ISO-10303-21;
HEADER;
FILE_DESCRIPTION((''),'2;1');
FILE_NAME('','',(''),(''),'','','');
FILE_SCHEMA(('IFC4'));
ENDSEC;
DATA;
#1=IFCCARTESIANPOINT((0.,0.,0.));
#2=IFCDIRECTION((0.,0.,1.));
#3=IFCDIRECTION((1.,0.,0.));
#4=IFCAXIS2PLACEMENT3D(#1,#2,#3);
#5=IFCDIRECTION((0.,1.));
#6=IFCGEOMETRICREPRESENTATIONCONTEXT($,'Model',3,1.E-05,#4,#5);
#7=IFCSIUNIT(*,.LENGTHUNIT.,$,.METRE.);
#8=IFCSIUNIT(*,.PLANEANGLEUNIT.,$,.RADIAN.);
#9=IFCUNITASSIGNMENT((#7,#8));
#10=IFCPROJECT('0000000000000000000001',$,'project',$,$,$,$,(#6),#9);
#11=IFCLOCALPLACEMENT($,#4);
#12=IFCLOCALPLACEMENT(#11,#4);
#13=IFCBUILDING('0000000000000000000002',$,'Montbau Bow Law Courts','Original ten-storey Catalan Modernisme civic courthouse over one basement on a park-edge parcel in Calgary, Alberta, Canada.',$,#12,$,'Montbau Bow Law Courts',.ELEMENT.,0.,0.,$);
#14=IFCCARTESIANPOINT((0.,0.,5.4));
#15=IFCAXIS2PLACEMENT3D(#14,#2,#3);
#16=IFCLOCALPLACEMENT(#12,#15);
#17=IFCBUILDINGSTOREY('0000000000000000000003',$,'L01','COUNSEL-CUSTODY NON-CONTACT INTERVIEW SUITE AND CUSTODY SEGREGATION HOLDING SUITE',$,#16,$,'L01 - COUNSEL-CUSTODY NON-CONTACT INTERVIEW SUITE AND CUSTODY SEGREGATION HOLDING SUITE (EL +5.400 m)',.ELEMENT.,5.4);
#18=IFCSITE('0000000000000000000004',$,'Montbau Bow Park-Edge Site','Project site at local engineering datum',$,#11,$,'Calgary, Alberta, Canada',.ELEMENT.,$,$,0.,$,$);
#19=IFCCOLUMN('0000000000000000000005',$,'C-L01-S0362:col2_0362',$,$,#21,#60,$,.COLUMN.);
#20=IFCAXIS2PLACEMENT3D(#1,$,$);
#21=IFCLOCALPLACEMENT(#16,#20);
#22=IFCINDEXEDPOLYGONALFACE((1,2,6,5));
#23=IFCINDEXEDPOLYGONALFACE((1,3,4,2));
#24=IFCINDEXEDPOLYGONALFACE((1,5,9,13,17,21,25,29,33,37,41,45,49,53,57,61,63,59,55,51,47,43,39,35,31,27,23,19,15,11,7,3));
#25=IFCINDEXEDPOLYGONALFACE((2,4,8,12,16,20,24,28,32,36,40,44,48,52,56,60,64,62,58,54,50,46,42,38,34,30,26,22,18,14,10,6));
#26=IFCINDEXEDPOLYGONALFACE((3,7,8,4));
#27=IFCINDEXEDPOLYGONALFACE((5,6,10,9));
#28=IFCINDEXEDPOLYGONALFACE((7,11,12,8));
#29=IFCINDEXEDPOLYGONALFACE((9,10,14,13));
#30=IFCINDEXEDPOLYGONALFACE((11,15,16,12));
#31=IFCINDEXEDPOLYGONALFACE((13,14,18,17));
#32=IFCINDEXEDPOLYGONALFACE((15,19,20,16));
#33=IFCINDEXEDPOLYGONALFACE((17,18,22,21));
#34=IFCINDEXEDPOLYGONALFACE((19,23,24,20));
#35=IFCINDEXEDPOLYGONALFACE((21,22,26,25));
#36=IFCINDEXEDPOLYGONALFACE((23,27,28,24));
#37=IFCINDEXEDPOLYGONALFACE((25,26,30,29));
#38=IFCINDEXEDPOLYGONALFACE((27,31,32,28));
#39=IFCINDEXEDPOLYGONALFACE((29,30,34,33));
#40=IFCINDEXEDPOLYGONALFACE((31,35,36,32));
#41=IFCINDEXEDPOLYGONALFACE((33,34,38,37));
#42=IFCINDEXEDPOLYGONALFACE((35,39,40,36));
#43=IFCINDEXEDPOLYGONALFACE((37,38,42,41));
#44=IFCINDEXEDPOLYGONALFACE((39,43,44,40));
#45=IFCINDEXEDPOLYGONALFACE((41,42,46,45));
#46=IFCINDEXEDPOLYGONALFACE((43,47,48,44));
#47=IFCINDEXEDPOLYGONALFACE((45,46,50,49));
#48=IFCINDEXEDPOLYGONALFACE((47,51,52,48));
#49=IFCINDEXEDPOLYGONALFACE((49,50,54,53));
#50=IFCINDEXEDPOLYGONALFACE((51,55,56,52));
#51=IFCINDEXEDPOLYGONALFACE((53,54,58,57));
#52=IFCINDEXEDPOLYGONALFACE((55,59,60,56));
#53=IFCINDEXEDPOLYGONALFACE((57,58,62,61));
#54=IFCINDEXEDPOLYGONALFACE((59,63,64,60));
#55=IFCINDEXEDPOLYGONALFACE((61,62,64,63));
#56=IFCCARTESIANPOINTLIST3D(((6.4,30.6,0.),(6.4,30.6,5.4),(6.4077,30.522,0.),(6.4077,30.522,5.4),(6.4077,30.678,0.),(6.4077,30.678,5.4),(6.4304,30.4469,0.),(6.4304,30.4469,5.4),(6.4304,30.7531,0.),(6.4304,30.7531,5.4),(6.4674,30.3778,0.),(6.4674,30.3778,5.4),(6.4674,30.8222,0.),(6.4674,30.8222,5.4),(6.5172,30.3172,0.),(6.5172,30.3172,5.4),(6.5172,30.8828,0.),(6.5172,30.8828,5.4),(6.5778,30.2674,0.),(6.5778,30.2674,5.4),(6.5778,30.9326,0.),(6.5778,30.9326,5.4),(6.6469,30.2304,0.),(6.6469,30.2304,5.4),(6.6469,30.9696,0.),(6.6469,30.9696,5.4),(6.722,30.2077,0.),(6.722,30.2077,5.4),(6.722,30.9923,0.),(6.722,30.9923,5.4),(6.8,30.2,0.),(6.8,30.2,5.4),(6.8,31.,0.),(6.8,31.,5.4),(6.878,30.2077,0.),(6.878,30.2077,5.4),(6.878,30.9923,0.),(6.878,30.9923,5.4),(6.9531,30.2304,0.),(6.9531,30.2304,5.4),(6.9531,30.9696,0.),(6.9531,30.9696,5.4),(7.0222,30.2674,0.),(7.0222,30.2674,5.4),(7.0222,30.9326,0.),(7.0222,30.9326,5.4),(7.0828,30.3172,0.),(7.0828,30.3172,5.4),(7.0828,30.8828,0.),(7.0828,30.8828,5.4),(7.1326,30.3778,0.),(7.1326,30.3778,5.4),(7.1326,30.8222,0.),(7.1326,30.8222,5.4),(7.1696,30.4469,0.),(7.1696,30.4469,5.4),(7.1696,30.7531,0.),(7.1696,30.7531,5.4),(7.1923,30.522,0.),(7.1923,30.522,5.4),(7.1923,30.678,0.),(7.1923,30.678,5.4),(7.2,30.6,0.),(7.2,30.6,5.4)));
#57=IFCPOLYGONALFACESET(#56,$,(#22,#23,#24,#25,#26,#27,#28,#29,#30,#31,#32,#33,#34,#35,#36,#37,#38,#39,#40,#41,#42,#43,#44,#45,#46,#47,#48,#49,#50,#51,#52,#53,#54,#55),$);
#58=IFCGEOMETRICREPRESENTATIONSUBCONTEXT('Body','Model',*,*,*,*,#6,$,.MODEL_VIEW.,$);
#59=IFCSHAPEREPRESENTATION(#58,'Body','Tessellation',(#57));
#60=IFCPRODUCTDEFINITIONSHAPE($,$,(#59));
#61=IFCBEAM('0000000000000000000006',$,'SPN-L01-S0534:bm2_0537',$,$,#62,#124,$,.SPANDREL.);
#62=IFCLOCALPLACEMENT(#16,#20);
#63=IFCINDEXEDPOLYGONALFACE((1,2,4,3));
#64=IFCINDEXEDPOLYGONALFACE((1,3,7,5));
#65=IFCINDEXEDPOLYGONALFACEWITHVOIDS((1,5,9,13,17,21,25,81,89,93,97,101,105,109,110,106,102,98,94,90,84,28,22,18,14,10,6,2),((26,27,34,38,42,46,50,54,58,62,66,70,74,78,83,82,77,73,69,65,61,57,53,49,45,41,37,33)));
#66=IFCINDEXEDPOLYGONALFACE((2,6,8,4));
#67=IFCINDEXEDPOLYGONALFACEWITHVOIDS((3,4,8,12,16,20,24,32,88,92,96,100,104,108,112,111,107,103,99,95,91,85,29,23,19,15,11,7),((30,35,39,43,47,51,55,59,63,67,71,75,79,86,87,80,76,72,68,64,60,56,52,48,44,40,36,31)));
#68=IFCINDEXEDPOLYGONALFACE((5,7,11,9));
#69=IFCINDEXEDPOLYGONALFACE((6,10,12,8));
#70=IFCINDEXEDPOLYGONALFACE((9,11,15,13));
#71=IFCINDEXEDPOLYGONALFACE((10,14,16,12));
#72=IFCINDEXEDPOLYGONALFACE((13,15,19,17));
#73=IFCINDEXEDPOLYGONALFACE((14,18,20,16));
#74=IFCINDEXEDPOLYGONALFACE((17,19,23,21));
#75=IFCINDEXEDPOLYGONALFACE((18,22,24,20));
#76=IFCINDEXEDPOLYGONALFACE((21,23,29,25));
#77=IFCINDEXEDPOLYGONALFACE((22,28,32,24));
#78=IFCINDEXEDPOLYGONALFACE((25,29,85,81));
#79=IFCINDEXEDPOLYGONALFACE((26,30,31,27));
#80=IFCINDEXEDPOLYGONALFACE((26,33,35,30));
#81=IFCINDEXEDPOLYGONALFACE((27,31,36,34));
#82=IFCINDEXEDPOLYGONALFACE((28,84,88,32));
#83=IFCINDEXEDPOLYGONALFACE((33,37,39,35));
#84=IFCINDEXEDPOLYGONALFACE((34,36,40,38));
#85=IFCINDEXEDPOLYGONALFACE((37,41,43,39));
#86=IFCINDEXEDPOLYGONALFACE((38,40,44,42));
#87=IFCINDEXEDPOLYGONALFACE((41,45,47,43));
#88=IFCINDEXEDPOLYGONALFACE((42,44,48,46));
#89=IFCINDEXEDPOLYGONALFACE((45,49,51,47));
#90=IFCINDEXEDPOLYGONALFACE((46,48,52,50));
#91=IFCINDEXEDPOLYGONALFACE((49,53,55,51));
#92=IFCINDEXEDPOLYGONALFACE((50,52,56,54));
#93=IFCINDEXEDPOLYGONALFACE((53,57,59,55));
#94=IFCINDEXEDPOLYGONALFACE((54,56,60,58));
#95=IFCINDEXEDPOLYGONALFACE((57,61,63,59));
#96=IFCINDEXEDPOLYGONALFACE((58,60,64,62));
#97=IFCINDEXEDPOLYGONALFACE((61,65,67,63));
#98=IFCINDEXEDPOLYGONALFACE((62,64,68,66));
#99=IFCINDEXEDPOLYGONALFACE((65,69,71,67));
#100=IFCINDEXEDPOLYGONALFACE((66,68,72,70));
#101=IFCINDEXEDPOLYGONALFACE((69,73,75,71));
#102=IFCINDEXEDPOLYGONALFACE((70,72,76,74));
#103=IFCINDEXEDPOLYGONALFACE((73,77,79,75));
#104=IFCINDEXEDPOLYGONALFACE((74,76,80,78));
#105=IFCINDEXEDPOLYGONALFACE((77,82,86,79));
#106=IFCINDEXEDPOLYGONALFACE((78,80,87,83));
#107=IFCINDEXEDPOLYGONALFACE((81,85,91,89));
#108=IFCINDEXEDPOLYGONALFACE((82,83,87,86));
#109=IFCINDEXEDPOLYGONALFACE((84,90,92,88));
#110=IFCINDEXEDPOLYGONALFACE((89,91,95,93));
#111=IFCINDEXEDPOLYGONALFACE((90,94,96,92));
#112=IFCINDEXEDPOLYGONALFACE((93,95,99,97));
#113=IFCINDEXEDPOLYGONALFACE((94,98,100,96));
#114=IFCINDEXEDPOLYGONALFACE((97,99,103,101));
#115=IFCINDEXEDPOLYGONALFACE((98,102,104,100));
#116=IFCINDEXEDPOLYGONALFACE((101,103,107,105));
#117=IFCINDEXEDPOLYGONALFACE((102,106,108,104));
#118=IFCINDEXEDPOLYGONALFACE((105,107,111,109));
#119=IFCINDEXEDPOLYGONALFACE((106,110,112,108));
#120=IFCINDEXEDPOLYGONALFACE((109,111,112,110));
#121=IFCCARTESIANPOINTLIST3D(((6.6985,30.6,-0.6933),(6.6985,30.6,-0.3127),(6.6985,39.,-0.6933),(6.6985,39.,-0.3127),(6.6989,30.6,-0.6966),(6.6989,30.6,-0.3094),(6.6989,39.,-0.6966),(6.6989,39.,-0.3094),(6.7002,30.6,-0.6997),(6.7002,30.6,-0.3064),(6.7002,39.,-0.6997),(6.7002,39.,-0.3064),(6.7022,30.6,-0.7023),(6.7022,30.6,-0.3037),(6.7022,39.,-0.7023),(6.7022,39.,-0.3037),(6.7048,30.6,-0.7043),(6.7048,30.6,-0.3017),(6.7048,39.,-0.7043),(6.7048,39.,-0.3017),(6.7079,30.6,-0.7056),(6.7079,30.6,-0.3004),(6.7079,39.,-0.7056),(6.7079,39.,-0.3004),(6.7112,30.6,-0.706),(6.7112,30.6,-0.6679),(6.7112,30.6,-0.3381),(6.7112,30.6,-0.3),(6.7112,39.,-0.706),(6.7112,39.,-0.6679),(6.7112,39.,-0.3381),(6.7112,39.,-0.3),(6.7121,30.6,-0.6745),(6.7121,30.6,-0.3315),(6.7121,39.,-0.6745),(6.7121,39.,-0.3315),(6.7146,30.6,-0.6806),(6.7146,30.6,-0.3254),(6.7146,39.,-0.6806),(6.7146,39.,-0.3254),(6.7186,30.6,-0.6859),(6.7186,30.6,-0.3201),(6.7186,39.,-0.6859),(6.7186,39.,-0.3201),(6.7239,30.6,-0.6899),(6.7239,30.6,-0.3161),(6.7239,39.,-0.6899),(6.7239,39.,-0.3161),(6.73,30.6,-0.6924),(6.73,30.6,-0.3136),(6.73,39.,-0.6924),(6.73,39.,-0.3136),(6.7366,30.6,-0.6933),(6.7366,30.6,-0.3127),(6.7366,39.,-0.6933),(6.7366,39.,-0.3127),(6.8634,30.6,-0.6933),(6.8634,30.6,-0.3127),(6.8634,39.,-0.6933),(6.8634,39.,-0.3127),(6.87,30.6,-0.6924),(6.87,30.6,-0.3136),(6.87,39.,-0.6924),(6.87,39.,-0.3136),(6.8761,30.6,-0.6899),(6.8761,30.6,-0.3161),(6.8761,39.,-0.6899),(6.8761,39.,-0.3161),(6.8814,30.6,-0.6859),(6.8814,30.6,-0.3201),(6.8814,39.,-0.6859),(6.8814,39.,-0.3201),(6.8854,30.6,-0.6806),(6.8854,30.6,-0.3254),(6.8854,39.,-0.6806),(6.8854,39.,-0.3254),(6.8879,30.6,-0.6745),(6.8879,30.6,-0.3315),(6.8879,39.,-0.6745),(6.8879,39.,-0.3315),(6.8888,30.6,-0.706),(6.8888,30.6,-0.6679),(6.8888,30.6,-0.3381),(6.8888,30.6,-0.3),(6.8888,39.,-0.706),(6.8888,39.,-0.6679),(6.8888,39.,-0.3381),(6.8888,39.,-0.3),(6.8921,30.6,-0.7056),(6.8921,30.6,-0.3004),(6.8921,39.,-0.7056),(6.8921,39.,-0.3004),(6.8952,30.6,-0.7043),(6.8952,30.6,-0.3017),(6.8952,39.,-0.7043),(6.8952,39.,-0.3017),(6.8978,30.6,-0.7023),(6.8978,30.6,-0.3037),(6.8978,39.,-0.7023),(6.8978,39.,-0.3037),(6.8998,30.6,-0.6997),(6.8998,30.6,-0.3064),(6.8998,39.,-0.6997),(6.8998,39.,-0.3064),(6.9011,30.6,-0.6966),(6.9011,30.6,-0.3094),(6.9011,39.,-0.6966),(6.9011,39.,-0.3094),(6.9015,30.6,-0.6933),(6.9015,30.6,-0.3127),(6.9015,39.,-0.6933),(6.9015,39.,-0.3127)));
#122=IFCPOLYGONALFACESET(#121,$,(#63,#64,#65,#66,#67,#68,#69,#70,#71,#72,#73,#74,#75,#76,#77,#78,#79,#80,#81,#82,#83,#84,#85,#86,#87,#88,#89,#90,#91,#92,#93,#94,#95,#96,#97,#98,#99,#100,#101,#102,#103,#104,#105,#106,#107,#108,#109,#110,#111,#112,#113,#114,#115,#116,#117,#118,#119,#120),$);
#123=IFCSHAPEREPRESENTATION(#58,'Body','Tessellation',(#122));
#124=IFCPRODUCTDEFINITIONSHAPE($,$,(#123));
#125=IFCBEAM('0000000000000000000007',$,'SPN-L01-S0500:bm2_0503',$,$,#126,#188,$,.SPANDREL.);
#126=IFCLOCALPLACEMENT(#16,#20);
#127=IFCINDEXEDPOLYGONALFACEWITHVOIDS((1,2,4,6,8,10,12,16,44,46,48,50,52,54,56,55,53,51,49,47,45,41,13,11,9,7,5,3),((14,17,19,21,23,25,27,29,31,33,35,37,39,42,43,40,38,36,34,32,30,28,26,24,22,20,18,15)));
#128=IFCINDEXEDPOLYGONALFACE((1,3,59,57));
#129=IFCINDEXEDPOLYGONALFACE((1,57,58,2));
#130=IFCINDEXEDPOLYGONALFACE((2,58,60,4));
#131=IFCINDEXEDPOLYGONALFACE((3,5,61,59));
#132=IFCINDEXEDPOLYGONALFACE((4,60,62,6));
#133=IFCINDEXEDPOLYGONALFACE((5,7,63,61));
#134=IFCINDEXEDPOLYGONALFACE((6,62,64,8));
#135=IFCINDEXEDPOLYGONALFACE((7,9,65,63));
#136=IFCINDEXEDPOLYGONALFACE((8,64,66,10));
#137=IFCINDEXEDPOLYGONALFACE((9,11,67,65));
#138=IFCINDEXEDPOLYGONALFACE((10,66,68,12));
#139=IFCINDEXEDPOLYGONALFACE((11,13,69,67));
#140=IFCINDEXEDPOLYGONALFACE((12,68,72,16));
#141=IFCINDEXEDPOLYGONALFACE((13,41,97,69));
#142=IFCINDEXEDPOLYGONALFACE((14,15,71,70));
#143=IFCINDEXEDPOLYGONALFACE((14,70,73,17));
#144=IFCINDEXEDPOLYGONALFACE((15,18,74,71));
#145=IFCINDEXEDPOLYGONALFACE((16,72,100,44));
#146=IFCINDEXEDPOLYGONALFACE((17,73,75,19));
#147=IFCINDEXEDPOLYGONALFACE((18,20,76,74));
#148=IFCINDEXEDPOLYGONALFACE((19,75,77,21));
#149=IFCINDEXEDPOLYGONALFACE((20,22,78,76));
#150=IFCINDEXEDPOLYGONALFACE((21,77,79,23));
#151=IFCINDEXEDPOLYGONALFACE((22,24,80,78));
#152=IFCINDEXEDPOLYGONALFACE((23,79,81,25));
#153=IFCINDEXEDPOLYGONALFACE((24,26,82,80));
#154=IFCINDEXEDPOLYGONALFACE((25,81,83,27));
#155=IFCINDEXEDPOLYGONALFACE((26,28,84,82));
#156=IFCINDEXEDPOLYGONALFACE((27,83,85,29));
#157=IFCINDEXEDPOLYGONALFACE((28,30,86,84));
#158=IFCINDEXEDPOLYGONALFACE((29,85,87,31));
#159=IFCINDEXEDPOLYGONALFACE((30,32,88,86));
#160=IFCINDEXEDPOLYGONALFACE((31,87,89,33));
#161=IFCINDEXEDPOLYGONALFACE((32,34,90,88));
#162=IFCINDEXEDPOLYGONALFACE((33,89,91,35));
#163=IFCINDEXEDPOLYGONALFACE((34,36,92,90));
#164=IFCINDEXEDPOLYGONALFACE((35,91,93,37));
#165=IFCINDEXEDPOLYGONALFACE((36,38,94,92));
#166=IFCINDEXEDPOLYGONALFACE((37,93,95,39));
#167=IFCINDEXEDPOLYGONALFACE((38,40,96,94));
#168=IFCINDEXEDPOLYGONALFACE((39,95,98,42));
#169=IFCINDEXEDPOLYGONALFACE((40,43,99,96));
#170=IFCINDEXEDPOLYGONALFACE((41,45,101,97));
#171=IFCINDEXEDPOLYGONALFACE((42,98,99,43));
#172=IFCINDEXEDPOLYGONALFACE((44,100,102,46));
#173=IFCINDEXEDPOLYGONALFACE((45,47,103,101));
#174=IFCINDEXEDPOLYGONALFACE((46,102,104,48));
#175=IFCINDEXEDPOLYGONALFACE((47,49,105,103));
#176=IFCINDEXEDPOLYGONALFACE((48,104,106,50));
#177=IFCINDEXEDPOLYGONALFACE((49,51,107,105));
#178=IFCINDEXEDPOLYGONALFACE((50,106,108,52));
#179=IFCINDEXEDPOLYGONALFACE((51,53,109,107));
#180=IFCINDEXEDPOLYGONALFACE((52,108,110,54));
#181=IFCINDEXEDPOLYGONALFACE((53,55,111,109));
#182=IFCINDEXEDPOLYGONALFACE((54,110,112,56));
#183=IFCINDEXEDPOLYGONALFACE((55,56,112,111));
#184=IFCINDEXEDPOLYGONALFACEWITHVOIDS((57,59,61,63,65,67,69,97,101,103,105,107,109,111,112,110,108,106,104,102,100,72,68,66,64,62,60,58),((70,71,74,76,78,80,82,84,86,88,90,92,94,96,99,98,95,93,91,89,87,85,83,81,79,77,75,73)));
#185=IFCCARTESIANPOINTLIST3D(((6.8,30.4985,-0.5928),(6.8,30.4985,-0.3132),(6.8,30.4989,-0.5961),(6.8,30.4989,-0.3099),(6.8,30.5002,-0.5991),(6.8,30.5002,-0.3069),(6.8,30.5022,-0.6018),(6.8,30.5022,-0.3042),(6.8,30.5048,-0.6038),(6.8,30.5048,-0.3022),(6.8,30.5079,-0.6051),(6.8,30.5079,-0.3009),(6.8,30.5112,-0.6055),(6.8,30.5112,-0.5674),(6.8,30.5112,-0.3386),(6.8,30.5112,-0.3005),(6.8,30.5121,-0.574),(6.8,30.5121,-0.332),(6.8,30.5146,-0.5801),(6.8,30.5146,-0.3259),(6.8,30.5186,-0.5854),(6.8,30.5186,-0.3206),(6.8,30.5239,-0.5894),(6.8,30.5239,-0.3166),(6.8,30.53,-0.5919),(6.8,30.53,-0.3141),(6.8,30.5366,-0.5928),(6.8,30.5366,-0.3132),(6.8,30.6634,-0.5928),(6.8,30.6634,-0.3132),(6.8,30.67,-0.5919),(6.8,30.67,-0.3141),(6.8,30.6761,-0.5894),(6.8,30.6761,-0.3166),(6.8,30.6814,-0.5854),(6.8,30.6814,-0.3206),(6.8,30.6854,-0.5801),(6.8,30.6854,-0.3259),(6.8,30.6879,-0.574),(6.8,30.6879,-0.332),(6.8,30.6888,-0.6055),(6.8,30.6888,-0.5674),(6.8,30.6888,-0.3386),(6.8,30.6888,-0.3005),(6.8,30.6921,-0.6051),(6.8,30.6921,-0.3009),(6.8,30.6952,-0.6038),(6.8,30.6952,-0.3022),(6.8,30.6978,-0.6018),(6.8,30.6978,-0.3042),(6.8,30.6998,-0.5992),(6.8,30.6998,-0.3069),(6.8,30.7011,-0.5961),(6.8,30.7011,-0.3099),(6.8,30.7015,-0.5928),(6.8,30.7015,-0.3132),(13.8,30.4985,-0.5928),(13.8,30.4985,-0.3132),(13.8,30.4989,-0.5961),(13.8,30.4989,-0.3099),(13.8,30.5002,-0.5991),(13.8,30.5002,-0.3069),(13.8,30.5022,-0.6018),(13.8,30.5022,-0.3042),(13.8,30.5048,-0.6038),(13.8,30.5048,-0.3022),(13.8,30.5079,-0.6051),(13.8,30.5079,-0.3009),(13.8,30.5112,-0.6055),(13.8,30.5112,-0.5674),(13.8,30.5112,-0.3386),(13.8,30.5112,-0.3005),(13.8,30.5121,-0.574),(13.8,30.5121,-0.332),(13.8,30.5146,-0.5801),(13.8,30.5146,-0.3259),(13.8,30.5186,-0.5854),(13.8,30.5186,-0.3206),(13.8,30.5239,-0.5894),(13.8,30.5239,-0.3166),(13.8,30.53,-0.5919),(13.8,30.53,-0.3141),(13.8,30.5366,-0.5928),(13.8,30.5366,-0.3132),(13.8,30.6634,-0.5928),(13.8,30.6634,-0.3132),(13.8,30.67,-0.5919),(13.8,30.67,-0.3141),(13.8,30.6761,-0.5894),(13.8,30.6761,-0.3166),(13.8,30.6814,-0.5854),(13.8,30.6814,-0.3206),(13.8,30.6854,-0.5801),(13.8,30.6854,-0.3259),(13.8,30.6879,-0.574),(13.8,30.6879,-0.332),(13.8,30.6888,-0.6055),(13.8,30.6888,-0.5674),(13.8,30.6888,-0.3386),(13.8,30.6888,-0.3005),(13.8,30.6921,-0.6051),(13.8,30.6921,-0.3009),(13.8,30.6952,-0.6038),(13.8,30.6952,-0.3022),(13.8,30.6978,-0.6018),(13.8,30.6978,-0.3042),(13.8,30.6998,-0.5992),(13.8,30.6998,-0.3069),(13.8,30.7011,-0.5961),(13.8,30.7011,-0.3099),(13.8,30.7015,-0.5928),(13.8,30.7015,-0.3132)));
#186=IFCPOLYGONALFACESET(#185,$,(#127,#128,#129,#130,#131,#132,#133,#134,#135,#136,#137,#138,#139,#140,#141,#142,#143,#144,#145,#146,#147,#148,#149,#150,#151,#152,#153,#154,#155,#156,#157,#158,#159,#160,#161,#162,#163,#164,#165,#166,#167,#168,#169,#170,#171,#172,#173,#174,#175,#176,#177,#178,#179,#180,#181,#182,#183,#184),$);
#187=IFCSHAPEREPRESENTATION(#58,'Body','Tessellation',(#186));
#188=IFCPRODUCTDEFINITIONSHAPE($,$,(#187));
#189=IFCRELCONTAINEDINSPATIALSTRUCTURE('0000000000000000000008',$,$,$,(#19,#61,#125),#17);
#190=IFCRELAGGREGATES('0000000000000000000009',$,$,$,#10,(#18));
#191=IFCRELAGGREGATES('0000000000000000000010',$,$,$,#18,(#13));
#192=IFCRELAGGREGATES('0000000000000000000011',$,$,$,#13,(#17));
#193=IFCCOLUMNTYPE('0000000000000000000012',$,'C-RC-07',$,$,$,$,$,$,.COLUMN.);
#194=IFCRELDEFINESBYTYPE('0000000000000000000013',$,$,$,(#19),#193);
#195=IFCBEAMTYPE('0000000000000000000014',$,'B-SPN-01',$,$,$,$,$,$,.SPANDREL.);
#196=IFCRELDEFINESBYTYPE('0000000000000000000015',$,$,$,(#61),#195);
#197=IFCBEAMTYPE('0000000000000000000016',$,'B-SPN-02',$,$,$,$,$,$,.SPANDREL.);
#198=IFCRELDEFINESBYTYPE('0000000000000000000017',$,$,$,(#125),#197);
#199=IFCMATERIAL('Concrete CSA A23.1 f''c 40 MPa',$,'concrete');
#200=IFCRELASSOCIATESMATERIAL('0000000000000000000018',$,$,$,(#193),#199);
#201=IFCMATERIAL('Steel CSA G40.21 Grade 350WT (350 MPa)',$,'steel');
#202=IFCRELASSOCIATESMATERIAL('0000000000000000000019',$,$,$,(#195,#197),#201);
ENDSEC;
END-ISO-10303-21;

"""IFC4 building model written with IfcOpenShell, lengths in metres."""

from ifc_helpers import new_model, si_unit, direction, frame, origin_with_axes, origin_2d_with_axis, place, context, subcontext, project, spatial, hollow_rectangle, circle, extrude, material, material_profile, profile_set, type_object, element, save


model = new_model("IFC4")

# Units and contexts
model_context = context("Model", 3, precision=1e-05, world=origin_with_axes(), true_north=direction((0.0, 1.0)))
body_context = subcontext(model_context, "Body", "Model", "MODEL_VIEW")
ifc_project = project(units=[si_unit("LENGTHUNIT", "METRE"), si_unit("PLANEANGLEUNIT", "RADIAN")], contexts=[model_context])

# Site, building, storey
site_placement = place(None, origin_with_axes())
site = spatial("IfcSite", under=ifc_project, at=site_placement, Name="Montbau Bow Park-Edge Site", Description="Project site at local engineering datum", LongName="Calgary, Alberta, Canada", CompositionType="ELEMENT", RefElevation=0.0)
building_placement = place(site_placement, origin_with_axes())
building = spatial("IfcBuilding", under=site, at=building_placement, Name="Montbau Bow Law Courts", Description="Original ten-storey Catalan Modernisme civic courthouse over one basement on a park-edge parcel in Calgary, Alberta, Canada.", LongName="Montbau Bow Law Courts", CompositionType="ELEMENT", ElevationOfRefHeight=0.0, ElevationOfTerrain=0.0)
storey_placement = place(building_placement, frame((0.0, 0.0, 5.4), z_axis=(0.0, 0.0, 1.0), x_axis=(1.0, 0.0, 0.0)))
storey = spatial("IfcBuildingStorey", under=building, at=storey_placement, Name="L01", Description="COUNSEL-CUSTODY NON-CONTACT INTERVIEW SUITE AND CUSTODY SEGREGATION HOLDING SUITE", LongName="L01 - COUNSEL-CUSTODY NON-CONTACT INTERVIEW SUITE AND CUSTODY SEGREGATION HOLDING SUITE (EL +5.400 m)", CompositionType="ELEMENT", Elevation=5.4)

# Column
ifc_material_1 = material(Name="Concrete CSA A23.1 f'c 40 MPa", Category="concrete")
ifc_material_profile_1 = material_profile(ifc_material_1, circle(Radius=0.4, at=origin_2d_with_axis()), Name="RC800D", Category="Main", Priority=0)
ifc_profile_set_1 = profile_set([ifc_material_profile_1], Name="Concrete CSA A23.1 f'c 40 MPa")
column_type = type_object("IfcColumnType", Name="C-RC-07", PredefinedType="COLUMN", material=ifc_profile_set_1)
column_placement = place(None, frame((6.8, 30.6, 5.4), z_axis=(0.0, 0.0, 1.0), x_axis=(1.0, 0.0, 0.0)))
element("IfcColumn", 1, at=column_placement, inside=storey, type_object=column_type, Name="C-L01-S0362:col2_0362", PredefinedType="COLUMN", context=body_context, shape_type="SweptSolid", body=[
    extrude(circle(Radius=0.4, at=origin_2d_with_axis()), origin_with_axes(), (0.0, 0.0, 1.0), 5.4),
])

# Beams
ifc_material_2 = material(Name="Steel CSA G40.21 Grade 350WT (350 MPa)", Category="steel")
ifc_material_profile_2 = material_profile(ifc_material_2, hollow_rectangle(XDim=0.203, YDim=0.406, WallThickness=0.0127, InnerFilletRadius=0.0254, OuterFilletRadius=0.0127, at=origin_2d_with_axis()), Name="HSS406X203X13", Category="Main", Priority=0)
ifc_profile_set_2 = profile_set([ifc_material_profile_2], Name="Steel CSA G40.21 Grade 350WT (350 MPa)")
beam_type_1 = type_object("IfcBeamType", Name="B-SPN-01", PredefinedType="SPANDREL", material=ifc_profile_set_2)
beam_1_placement = place(None, frame((6.8, 30.6, 4.897), z_axis=(0.0, 1.0, 0.0), x_axis=(-1.0, 0.0, 0.0)))
element("IfcBeam", 2, at=beam_1_placement, inside=storey, type_object=beam_type_1, Name="SPN-L01-S0534:bm2_0537", PredefinedType="SPANDREL", context=body_context, shape_type="SweptSolid", body=[
    extrude(hollow_rectangle(XDim=0.203, YDim=0.406, WallThickness=0.0127, InnerFilletRadius=0.0254, OuterFilletRadius=0.0127, at=origin_2d_with_axis()), origin_with_axes(), (0.0, 0.0, 1.0), 8.4),
])
ifc_material_profile_3 = material_profile(ifc_material_2, hollow_rectangle(XDim=0.203, YDim=0.305, WallThickness=0.0127, InnerFilletRadius=0.0254, OuterFilletRadius=0.0127, at=origin_2d_with_axis()), Name="HSS305X203X13", Category="Main", Priority=0)
ifc_profile_set_3 = profile_set([ifc_material_profile_3], Name="Steel CSA G40.21 Grade 350WT (350 MPa)")
beam_type_2 = type_object("IfcBeamType", Name="B-SPN-02", PredefinedType="SPANDREL", material=ifc_profile_set_3)
beam_2_placement = place(None, frame((6.8, 30.6, 4.947), z_axis=(1.0, 0.0, 0.0), x_axis=(0.0, 1.0, 0.0)))
element("IfcBeam", 3, at=beam_2_placement, inside=storey, type_object=beam_type_2, Name="SPN-L01-S0500:bm2_0503", PredefinedType="SPANDREL", context=body_context, shape_type="SweptSolid", body=[
    extrude(hollow_rectangle(XDim=0.203, YDim=0.305, WallThickness=0.0127, InnerFilletRadius=0.0254, OuterFilletRadius=0.0127, at=origin_2d_with_axis()), origin_with_axes(), (0.0, 0.0, 1.0), 7.0),
])

save(model, "model.ifc")
